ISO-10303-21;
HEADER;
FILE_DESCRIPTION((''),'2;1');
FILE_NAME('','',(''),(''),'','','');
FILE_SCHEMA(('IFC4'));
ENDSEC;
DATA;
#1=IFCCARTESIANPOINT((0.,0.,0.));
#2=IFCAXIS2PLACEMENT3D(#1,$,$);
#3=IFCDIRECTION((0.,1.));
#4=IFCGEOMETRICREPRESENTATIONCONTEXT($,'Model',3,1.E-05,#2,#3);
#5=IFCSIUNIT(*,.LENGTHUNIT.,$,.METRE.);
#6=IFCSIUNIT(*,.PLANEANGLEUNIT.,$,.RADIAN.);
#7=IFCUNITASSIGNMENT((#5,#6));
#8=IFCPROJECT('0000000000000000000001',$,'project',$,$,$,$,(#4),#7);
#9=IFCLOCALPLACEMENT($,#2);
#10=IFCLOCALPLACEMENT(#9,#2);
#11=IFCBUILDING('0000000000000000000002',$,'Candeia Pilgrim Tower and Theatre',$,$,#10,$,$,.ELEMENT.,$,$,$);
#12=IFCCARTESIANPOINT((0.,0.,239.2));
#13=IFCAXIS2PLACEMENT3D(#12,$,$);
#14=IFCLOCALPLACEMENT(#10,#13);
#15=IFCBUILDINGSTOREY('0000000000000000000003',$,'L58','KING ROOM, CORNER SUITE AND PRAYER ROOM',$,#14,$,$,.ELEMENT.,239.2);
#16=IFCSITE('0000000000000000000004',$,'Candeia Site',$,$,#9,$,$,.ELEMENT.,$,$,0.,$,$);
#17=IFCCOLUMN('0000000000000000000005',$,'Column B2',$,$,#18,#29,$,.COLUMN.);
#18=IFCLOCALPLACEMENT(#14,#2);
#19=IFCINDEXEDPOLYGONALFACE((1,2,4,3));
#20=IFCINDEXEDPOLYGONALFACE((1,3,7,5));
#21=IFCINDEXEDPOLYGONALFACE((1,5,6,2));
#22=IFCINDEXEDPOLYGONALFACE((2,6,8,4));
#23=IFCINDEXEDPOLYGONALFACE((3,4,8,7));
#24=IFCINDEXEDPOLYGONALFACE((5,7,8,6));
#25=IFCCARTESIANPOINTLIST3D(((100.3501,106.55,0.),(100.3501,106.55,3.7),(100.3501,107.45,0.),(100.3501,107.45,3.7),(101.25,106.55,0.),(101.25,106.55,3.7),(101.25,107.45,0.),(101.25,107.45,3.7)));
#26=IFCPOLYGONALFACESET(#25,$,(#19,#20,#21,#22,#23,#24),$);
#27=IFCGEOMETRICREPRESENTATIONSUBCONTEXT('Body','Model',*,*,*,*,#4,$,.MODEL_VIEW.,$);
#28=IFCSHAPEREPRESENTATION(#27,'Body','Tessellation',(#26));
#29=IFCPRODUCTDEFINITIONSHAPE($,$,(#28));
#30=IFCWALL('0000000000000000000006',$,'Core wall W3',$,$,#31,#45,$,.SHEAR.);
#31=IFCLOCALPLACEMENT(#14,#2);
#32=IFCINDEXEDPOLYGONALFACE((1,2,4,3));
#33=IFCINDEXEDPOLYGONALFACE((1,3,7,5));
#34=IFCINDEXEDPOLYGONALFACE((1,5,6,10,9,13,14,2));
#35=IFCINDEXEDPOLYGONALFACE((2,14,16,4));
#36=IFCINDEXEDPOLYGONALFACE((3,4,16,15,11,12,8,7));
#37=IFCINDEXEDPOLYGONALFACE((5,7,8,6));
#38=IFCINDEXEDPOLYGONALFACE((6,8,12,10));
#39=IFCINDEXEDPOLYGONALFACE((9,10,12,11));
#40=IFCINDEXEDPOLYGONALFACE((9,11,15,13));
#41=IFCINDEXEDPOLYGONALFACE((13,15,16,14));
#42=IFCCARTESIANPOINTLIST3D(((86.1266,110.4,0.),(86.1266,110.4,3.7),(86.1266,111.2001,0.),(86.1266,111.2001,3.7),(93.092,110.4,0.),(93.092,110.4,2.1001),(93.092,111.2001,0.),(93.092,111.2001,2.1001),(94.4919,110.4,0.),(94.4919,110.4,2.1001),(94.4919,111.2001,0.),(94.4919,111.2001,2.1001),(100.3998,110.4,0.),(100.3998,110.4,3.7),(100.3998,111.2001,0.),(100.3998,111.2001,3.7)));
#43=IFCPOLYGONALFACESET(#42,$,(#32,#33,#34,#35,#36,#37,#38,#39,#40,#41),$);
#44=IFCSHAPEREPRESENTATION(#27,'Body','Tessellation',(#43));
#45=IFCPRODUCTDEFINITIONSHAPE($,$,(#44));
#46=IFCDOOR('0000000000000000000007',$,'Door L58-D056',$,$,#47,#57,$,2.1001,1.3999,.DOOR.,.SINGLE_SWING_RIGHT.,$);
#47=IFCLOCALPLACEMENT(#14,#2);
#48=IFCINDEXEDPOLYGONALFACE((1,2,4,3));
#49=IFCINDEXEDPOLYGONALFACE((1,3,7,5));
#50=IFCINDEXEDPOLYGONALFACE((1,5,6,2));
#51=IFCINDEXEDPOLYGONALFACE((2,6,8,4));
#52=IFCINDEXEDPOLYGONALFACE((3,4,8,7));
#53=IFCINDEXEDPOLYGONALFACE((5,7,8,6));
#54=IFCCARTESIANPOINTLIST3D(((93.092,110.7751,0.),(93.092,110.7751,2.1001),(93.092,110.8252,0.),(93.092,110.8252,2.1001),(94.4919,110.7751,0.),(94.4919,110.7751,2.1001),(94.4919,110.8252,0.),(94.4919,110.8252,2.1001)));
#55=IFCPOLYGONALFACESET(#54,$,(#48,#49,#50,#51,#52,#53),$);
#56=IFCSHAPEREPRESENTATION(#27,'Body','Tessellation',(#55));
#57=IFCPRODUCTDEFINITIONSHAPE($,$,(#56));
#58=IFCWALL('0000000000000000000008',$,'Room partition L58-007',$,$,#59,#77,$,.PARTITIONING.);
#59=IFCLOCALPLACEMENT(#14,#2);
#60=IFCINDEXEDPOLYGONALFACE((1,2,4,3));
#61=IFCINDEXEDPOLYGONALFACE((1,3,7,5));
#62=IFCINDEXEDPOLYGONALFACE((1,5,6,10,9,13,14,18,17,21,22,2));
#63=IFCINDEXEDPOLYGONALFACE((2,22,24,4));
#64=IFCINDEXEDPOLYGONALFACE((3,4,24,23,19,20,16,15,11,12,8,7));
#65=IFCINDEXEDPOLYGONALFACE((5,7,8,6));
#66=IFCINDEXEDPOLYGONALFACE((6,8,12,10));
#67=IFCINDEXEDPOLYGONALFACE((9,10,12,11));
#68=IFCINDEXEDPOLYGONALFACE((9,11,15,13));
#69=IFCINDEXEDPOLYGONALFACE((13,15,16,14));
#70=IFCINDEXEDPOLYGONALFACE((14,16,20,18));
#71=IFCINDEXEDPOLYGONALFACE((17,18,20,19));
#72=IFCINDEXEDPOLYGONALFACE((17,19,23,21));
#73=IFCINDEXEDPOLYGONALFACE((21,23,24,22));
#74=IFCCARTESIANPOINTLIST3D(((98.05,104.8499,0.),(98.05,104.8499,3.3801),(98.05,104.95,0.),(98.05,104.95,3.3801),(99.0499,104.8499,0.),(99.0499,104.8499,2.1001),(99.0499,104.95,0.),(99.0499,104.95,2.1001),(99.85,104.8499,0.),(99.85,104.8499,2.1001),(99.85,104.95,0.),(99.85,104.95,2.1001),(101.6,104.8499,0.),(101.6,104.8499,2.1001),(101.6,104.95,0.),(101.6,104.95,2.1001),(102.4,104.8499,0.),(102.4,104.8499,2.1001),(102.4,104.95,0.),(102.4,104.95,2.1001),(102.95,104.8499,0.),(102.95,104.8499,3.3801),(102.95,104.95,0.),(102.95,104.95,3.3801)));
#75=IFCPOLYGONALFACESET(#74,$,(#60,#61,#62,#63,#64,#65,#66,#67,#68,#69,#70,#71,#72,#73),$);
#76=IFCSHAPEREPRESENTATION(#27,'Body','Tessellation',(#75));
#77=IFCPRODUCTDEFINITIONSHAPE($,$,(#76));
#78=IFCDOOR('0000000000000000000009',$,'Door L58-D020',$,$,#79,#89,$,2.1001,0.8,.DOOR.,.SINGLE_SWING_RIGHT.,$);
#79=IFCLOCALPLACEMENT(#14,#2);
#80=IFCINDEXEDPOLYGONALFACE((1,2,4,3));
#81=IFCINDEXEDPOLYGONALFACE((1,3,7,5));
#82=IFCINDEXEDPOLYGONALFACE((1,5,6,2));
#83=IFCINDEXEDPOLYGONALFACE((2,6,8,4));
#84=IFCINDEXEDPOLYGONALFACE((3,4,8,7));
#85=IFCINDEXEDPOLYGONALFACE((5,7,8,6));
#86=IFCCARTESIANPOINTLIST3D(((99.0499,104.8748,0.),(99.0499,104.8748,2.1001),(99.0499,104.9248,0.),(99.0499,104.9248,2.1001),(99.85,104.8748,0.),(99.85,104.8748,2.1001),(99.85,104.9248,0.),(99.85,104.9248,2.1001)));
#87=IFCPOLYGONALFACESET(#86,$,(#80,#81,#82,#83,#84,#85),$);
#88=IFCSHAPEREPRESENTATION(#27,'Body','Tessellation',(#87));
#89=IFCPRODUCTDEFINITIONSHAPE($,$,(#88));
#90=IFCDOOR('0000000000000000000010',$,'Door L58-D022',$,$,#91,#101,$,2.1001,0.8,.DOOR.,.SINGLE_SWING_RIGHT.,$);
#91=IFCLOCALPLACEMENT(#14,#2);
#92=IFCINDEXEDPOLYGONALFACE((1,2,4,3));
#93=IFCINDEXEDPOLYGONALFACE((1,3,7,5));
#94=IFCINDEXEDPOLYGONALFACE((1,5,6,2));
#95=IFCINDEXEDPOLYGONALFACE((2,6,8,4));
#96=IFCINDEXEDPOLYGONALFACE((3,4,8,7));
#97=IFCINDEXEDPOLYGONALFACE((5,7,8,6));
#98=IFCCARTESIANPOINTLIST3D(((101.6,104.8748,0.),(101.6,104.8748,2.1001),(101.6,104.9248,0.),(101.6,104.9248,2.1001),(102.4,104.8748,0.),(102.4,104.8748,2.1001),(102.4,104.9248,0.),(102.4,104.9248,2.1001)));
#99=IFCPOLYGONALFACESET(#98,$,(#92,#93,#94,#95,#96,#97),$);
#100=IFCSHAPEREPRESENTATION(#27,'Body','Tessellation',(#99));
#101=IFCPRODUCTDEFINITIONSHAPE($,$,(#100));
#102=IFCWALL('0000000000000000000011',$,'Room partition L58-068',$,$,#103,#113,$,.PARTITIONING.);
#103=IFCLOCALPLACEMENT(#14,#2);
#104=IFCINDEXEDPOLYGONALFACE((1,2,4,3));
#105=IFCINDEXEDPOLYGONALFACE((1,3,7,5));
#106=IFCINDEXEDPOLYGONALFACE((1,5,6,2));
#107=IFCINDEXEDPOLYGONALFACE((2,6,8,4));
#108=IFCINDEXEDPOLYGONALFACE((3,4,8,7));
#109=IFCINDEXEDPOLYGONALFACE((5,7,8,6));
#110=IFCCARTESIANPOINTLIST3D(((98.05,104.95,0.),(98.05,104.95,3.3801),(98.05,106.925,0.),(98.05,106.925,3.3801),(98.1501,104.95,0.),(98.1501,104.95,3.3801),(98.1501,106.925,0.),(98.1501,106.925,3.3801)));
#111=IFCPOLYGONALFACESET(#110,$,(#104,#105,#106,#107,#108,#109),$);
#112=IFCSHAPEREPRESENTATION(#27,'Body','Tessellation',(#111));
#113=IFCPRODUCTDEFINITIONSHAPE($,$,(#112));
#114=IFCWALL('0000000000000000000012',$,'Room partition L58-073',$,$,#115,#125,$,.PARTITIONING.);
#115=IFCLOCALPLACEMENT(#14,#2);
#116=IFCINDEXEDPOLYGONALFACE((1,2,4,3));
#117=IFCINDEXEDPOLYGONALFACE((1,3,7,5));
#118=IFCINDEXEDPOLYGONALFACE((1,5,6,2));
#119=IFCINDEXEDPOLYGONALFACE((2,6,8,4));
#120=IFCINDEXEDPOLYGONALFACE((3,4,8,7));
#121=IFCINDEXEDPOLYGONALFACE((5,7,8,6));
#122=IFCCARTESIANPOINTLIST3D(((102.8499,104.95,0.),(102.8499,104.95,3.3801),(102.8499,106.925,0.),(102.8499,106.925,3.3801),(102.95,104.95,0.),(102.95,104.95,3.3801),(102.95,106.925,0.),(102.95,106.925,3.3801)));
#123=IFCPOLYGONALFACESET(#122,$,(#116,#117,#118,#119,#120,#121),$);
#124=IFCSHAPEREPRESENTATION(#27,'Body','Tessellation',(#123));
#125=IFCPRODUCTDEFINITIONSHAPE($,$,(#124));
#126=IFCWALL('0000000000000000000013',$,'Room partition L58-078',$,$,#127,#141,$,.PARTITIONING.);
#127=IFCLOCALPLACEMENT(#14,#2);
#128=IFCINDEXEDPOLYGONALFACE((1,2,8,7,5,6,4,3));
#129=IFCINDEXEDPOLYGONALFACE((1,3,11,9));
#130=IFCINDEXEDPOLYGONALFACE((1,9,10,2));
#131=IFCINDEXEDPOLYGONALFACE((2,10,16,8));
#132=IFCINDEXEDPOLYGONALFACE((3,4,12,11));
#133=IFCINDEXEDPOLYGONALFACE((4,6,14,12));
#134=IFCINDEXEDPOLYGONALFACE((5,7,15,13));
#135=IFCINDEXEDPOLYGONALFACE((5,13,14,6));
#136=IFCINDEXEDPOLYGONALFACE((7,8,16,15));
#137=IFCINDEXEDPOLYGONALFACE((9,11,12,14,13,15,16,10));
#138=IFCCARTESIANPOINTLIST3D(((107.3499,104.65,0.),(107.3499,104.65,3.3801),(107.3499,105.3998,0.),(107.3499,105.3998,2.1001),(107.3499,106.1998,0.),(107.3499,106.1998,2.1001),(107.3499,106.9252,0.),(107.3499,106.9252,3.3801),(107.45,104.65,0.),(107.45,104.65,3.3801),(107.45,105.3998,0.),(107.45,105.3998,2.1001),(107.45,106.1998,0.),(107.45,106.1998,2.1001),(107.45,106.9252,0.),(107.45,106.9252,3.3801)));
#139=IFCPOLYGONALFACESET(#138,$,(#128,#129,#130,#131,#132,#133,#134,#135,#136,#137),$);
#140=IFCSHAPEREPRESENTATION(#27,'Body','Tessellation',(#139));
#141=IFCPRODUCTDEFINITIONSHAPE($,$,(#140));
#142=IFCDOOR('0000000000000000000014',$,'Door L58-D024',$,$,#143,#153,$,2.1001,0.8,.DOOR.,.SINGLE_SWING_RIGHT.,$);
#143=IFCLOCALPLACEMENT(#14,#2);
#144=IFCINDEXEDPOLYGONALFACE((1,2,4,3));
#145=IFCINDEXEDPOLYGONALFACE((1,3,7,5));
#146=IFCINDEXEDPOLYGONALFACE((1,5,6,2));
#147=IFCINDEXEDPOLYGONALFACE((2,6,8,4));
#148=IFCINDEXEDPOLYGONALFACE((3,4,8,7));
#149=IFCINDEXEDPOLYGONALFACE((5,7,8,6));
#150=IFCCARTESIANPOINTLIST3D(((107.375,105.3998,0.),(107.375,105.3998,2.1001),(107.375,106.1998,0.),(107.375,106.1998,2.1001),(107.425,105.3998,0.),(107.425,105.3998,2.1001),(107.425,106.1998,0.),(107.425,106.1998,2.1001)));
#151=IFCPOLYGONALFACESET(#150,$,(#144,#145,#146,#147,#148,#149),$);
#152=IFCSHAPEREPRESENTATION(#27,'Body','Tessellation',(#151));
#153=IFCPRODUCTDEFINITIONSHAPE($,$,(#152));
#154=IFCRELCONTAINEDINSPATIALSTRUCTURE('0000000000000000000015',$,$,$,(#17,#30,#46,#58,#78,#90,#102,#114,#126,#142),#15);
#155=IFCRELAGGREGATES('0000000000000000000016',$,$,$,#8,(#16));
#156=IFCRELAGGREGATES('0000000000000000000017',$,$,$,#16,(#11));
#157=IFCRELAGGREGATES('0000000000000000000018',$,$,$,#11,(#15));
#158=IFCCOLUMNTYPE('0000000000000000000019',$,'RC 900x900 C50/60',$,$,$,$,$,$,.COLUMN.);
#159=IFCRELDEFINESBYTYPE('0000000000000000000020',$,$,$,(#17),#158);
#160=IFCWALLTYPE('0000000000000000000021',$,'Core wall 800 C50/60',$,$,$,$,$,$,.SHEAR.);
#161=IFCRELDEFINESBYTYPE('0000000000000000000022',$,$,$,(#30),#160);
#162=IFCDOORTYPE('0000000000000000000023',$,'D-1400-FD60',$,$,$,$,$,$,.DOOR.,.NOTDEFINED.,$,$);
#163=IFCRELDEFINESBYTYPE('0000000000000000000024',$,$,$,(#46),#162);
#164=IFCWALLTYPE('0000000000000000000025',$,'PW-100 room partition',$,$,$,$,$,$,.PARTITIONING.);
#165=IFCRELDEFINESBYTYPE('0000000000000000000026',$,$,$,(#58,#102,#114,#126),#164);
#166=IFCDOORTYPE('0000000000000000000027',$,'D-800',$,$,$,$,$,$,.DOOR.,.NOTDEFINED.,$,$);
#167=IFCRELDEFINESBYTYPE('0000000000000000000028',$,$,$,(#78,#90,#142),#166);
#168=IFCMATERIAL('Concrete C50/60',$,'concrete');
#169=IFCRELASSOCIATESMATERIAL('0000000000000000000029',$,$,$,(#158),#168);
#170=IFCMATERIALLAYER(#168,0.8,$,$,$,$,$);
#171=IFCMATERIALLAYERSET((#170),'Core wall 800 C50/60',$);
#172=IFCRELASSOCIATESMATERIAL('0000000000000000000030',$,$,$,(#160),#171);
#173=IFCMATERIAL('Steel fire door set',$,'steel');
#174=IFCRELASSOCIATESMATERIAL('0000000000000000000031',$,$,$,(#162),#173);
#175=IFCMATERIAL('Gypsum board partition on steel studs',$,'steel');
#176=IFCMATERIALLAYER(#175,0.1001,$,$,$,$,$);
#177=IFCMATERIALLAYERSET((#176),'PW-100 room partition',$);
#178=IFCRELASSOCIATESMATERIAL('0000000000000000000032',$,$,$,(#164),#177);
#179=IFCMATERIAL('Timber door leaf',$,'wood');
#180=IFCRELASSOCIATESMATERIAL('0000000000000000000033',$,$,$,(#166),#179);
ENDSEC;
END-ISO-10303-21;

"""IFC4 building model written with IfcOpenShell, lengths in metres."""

from ifc_helpers import new_model, si_unit, direction, frame, frame_2d, origin, origin_2d, place, context, subcontext, project, spatial, rectangle, extrude, material, layer, layer_set, material_profile, profile_set, type_object, element, fill, save


model = new_model("IFC4")

# Units and contexts
model_context = context("Model", 3, precision=1e-05, world=origin(), true_north=direction((0.0, 1.0)))
body_context = subcontext(model_context, "Body", "Model", "MODEL_VIEW")
ifc_project = project(units=[si_unit("LENGTHUNIT", "METRE"), si_unit("PLANEANGLEUNIT", "RADIAN")], contexts=[model_context])

# Site, building, storey
site_placement = place(None, origin())
site = spatial("IfcSite", under=ifc_project, at=site_placement, Name="Candeia Site", CompositionType="ELEMENT", RefElevation=0.0)
building_placement = place(site_placement, origin())
building = spatial("IfcBuilding", under=site, at=building_placement, Name="Candeia Pilgrim Tower and Theatre", CompositionType="ELEMENT")
storey_placement = place(building_placement, frame((0.0, 0.0, 239.2)))
storey = spatial("IfcBuildingStorey", under=building, at=storey_placement, Name="L58", Description="KING ROOM, CORNER SUITE AND PRAYER ROOM", CompositionType="ELEMENT", Elevation=239.2)

# Column
ifc_material_1 = material(Name="Concrete C50/60", Category="concrete")
ifc_material_profile = material_profile(ifc_material_1, rectangle(XDim=0.8999, YDim=0.8999, at=origin_2d()))
ifc_profile_set = profile_set([ifc_material_profile], Name="Concrete C50/60")
column_type = type_object("IfcColumnType", Name="RC 900x900 C50/60", PredefinedType="COLUMN", material=ifc_profile_set)
column_placement = place(storey_placement, frame((100.8, 107.0, 0.0), z_axis=(0.0, 0.0, 1.0), x_axis=(1.0, 0.0, 0.0)))
element("IfcColumn", 1, at=column_placement, inside=storey, type_object=column_type, Name="Column B2", PredefinedType="COLUMN", context=body_context, shape_type="SweptSolid", body=[
    extrude(rectangle(XDim=0.8999, YDim=0.8999, at=origin_2d()), origin(), (0.0, 0.0, 1.0), 3.7),
])

# Wall, opening, door
ifc_layer_1 = layer(ifc_material_1, 0.8)
ifc_layer_set_1 = layer_set([ifc_layer_1], Name="Core wall 800 C50/60")
wall_type_1 = type_object("IfcWallType", Name="Core wall 800 C50/60", PredefinedType="SHEAR", material=ifc_layer_set_1)
wall_1_placement = place(storey_placement, frame((100.3999, 110.8, 0.0), z_axis=(0.0, 0.0, 1.0), x_axis=(-1.0, 0.0, 0.0)))
wall_1 = element("IfcWall", 2, at=wall_1_placement, inside=storey, type_object=wall_type_1, Name="Core wall W3", PredefinedType="SHEAR", context=body_context, shape_type="SweptSolid", body=[
    extrude(rectangle(XDim=14.2732, YDim=0.8, at=frame_2d((7.1367, 0.0))), origin(), (0.0, 0.0, 1.0), 3.7),
])
opening_1_placement = place(wall_1_placement, frame((5.908, 0.0, 0.0)))
opening_1 = element("IfcOpeningElement", 3, at=opening_1_placement, cuts=wall_1, PredefinedType="OPENING", context=body_context, shape_type="SweptSolid", body=[
    extrude(rectangle(XDim=1.3999, YDim=2.1001, at=frame_2d((0.7, 1.05))), frame((0.0, 0.4102, 0.0), z_axis=(0.0, -1.0, 0.0), x_axis=(1.0, 0.0, 0.0)), (0.0, 0.0, 1.0), 0.8201),
])
ifc_material_2 = material(Name="Steel fire door set", Category="steel")
door_type_1 = type_object("IfcDoorType", Name="D-1400-FD60", OperationType="NOTDEFINED", PredefinedType="DOOR", material=ifc_material_2)
door_1_placement = place(opening_1_placement, origin())
door_1 = element("IfcDoor", 4, at=door_1_placement, inside=storey, type_object=door_type_1, Name="Door L58-D056", OperationType="SINGLE_SWING_RIGHT", OverallHeight=2.1001, OverallWidth=1.3999, PredefinedType="DOOR", context=body_context, shape_type="SweptSolid", body=[
    extrude(rectangle(XDim=1.3999, YDim=2.1001, at=frame_2d((0.7, 1.05))), frame((0.0, 0.0249, 0.0), z_axis=(0.0, -1.0, 0.0), x_axis=(1.0, 0.0, 0.0)), (0.0, 0.0, 1.0), 0.05),
])
fill(opening_1, door_1)

# Wall, openings, doors
ifc_material_3 = material(Name="Gypsum board partition on steel studs", Category="steel")
ifc_layer_2 = layer(ifc_material_3, 0.1001)
ifc_layer_set_2 = layer_set([ifc_layer_2], Name="PW-100 room partition")
wall_type_2 = type_object("IfcWallType", Name="PW-100 room partition", PredefinedType="PARTITIONING", material=ifc_layer_set_2)
wall_2_placement = place(storey_placement, frame((98.05, 104.8999, 0.0), z_axis=(0.0, 0.0, 1.0), x_axis=(1.0, 0.0, 0.0)))
wall_2 = element("IfcWall", 5, at=wall_2_placement, inside=storey, type_object=wall_type_2, Name="Room partition L58-007", PredefinedType="PARTITIONING", context=body_context, shape_type="SweptSolid", body=[
    extrude(rectangle(XDim=4.8999, YDim=0.1001, at=frame_2d((2.45, 0.0))), origin(), (0.0, 0.0, 1.0), 3.3801),
])
opening_2_placement = place(wall_2_placement, frame((1.0, 0.0, 0.0)))
opening_2 = element("IfcOpeningElement", 6, at=opening_2_placement, cuts=wall_2, PredefinedType="OPENING", context=body_context, shape_type="SweptSolid", body=[
    extrude(rectangle(XDim=0.8, YDim=2.1001, at=frame_2d((0.3999, 1.05))), frame((0.0, 0.0601, 0.0), z_axis=(0.0, -1.0, 0.0), x_axis=(1.0, 0.0, 0.0)), (0.0, 0.0, 1.0), 0.1201),
])
opening_3_placement = place(wall_2_placement, frame((3.55, 0.0, 0.0)))
opening_3 = element("IfcOpeningElement", 7, at=opening_3_placement, cuts=wall_2, PredefinedType="OPENING", context=body_context, shape_type="SweptSolid", body=[
    extrude(rectangle(XDim=0.8, YDim=2.1001, at=frame_2d((0.3999, 1.05))), frame((0.0, 0.0601, 0.0), z_axis=(0.0, -1.0, 0.0), x_axis=(1.0, 0.0, 0.0)), (0.0, 0.0, 1.0), 0.1201),
])
ifc_material_4 = material(Name="Timber door leaf", Category="wood")
door_type_2 = type_object("IfcDoorType", Name="D-800", OperationType="NOTDEFINED", PredefinedType="DOOR", material=ifc_material_4)
door_2_placement = place(opening_2_placement, origin())
door_2 = element("IfcDoor", 8, at=door_2_placement, inside=storey, type_object=door_type_2, Name="Door L58-D020", OperationType="SINGLE_SWING_RIGHT", OverallHeight=2.1001, OverallWidth=0.8, PredefinedType="DOOR", context=body_context, shape_type="SweptSolid", body=[
    extrude(rectangle(XDim=0.8, YDim=2.1001, at=frame_2d((0.3999, 1.05))), frame((0.0, 0.0249, 0.0), z_axis=(0.0, -1.0, 0.0), x_axis=(1.0, 0.0, 0.0)), (0.0, 0.0, 1.0), 0.05),
])
fill(opening_2, door_2)
door_3_placement = place(opening_3_placement, origin())
door_3 = element("IfcDoor", 9, at=door_3_placement, inside=storey, type_object=door_type_2, Name="Door L58-D022", OperationType="SINGLE_SWING_RIGHT", OverallHeight=2.1001, OverallWidth=0.8, PredefinedType="DOOR", context=body_context, shape_type="SweptSolid", body=[
    extrude(rectangle(XDim=0.8, YDim=2.1001, at=frame_2d((0.3999, 1.05))), frame((0.0, 0.0249, 0.0), z_axis=(0.0, -1.0, 0.0), x_axis=(1.0, 0.0, 0.0)), (0.0, 0.0, 1.0), 0.05),
])
fill(opening_3, door_3)

# Walls
for number, where, z_axis, x_axis, name in (
    (10, (98.1001, 104.95, 0.0), (0.0, 0.0, 1.0), (0.0, 1.0, 0.0), "Room partition L58-068"),
    (11, (102.8999, 104.95, 0.0), (0.0, 0.0, 1.0), (0.0, 1.0, 0.0), "Room partition L58-073"),
):
    element("IfcWall", number, at=place(storey_placement, frame(where, z_axis=z_axis, x_axis=x_axis)), inside=storey, type_object=wall_type_2, Name=name, PredefinedType="PARTITIONING", context=body_context, shape_type="SweptSolid", body=[
        extrude(rectangle(XDim=1.9751, YDim=0.1001, at=frame_2d((0.9875, 0.0))), origin(), (0.0, 0.0, 1.0), 3.3801),
    ])

# Wall, opening, door
wall_3_placement = place(storey_placement, frame((107.3999, 104.6499, 0.0), z_axis=(0.0, 0.0, 1.0), x_axis=(0.0, 1.0, 0.0)))
wall_3 = element("IfcWall", 12, at=wall_3_placement, inside=storey, type_object=wall_type_2, Name="Room partition L58-078", PredefinedType="PARTITIONING", context=body_context, shape_type="SweptSolid", body=[
    extrude(rectangle(XDim=2.2751, YDim=0.1001, at=frame_2d((1.1377, 0.0))), origin(), (0.0, 0.0, 1.0), 3.3801),
])
opening_4_placement = place(wall_3_placement, frame((0.75, 0.0, 0.0)))
opening_4 = element("IfcOpeningElement", 13, at=opening_4_placement, cuts=wall_3, PredefinedType="OPENING", context=body_context, shape_type="SweptSolid", body=[
    extrude(rectangle(XDim=0.8, YDim=2.1001, at=frame_2d((0.3999, 1.05))), frame((0.0, 0.0601, 0.0), z_axis=(0.0, -1.0, 0.0), x_axis=(1.0, 0.0, 0.0)), (0.0, 0.0, 1.0), 0.1201),
])
door_4_placement = place(opening_4_placement, origin())
door_4 = element("IfcDoor", 14, at=door_4_placement, inside=storey, type_object=door_type_2, Name="Door L58-D024", OperationType="SINGLE_SWING_RIGHT", OverallHeight=2.1001, OverallWidth=0.8, PredefinedType="DOOR", context=body_context, shape_type="SweptSolid", body=[
    extrude(rectangle(XDim=0.8, YDim=2.1001, at=frame_2d((0.3999, 1.05))), frame((0.0, 0.0249, 0.0), z_axis=(0.0, -1.0, 0.0), x_axis=(1.0, 0.0, 0.0)), (0.0, 0.0, 1.0), 0.05),
])
fill(opening_4, door_4)

save(model, "model.ifc")
